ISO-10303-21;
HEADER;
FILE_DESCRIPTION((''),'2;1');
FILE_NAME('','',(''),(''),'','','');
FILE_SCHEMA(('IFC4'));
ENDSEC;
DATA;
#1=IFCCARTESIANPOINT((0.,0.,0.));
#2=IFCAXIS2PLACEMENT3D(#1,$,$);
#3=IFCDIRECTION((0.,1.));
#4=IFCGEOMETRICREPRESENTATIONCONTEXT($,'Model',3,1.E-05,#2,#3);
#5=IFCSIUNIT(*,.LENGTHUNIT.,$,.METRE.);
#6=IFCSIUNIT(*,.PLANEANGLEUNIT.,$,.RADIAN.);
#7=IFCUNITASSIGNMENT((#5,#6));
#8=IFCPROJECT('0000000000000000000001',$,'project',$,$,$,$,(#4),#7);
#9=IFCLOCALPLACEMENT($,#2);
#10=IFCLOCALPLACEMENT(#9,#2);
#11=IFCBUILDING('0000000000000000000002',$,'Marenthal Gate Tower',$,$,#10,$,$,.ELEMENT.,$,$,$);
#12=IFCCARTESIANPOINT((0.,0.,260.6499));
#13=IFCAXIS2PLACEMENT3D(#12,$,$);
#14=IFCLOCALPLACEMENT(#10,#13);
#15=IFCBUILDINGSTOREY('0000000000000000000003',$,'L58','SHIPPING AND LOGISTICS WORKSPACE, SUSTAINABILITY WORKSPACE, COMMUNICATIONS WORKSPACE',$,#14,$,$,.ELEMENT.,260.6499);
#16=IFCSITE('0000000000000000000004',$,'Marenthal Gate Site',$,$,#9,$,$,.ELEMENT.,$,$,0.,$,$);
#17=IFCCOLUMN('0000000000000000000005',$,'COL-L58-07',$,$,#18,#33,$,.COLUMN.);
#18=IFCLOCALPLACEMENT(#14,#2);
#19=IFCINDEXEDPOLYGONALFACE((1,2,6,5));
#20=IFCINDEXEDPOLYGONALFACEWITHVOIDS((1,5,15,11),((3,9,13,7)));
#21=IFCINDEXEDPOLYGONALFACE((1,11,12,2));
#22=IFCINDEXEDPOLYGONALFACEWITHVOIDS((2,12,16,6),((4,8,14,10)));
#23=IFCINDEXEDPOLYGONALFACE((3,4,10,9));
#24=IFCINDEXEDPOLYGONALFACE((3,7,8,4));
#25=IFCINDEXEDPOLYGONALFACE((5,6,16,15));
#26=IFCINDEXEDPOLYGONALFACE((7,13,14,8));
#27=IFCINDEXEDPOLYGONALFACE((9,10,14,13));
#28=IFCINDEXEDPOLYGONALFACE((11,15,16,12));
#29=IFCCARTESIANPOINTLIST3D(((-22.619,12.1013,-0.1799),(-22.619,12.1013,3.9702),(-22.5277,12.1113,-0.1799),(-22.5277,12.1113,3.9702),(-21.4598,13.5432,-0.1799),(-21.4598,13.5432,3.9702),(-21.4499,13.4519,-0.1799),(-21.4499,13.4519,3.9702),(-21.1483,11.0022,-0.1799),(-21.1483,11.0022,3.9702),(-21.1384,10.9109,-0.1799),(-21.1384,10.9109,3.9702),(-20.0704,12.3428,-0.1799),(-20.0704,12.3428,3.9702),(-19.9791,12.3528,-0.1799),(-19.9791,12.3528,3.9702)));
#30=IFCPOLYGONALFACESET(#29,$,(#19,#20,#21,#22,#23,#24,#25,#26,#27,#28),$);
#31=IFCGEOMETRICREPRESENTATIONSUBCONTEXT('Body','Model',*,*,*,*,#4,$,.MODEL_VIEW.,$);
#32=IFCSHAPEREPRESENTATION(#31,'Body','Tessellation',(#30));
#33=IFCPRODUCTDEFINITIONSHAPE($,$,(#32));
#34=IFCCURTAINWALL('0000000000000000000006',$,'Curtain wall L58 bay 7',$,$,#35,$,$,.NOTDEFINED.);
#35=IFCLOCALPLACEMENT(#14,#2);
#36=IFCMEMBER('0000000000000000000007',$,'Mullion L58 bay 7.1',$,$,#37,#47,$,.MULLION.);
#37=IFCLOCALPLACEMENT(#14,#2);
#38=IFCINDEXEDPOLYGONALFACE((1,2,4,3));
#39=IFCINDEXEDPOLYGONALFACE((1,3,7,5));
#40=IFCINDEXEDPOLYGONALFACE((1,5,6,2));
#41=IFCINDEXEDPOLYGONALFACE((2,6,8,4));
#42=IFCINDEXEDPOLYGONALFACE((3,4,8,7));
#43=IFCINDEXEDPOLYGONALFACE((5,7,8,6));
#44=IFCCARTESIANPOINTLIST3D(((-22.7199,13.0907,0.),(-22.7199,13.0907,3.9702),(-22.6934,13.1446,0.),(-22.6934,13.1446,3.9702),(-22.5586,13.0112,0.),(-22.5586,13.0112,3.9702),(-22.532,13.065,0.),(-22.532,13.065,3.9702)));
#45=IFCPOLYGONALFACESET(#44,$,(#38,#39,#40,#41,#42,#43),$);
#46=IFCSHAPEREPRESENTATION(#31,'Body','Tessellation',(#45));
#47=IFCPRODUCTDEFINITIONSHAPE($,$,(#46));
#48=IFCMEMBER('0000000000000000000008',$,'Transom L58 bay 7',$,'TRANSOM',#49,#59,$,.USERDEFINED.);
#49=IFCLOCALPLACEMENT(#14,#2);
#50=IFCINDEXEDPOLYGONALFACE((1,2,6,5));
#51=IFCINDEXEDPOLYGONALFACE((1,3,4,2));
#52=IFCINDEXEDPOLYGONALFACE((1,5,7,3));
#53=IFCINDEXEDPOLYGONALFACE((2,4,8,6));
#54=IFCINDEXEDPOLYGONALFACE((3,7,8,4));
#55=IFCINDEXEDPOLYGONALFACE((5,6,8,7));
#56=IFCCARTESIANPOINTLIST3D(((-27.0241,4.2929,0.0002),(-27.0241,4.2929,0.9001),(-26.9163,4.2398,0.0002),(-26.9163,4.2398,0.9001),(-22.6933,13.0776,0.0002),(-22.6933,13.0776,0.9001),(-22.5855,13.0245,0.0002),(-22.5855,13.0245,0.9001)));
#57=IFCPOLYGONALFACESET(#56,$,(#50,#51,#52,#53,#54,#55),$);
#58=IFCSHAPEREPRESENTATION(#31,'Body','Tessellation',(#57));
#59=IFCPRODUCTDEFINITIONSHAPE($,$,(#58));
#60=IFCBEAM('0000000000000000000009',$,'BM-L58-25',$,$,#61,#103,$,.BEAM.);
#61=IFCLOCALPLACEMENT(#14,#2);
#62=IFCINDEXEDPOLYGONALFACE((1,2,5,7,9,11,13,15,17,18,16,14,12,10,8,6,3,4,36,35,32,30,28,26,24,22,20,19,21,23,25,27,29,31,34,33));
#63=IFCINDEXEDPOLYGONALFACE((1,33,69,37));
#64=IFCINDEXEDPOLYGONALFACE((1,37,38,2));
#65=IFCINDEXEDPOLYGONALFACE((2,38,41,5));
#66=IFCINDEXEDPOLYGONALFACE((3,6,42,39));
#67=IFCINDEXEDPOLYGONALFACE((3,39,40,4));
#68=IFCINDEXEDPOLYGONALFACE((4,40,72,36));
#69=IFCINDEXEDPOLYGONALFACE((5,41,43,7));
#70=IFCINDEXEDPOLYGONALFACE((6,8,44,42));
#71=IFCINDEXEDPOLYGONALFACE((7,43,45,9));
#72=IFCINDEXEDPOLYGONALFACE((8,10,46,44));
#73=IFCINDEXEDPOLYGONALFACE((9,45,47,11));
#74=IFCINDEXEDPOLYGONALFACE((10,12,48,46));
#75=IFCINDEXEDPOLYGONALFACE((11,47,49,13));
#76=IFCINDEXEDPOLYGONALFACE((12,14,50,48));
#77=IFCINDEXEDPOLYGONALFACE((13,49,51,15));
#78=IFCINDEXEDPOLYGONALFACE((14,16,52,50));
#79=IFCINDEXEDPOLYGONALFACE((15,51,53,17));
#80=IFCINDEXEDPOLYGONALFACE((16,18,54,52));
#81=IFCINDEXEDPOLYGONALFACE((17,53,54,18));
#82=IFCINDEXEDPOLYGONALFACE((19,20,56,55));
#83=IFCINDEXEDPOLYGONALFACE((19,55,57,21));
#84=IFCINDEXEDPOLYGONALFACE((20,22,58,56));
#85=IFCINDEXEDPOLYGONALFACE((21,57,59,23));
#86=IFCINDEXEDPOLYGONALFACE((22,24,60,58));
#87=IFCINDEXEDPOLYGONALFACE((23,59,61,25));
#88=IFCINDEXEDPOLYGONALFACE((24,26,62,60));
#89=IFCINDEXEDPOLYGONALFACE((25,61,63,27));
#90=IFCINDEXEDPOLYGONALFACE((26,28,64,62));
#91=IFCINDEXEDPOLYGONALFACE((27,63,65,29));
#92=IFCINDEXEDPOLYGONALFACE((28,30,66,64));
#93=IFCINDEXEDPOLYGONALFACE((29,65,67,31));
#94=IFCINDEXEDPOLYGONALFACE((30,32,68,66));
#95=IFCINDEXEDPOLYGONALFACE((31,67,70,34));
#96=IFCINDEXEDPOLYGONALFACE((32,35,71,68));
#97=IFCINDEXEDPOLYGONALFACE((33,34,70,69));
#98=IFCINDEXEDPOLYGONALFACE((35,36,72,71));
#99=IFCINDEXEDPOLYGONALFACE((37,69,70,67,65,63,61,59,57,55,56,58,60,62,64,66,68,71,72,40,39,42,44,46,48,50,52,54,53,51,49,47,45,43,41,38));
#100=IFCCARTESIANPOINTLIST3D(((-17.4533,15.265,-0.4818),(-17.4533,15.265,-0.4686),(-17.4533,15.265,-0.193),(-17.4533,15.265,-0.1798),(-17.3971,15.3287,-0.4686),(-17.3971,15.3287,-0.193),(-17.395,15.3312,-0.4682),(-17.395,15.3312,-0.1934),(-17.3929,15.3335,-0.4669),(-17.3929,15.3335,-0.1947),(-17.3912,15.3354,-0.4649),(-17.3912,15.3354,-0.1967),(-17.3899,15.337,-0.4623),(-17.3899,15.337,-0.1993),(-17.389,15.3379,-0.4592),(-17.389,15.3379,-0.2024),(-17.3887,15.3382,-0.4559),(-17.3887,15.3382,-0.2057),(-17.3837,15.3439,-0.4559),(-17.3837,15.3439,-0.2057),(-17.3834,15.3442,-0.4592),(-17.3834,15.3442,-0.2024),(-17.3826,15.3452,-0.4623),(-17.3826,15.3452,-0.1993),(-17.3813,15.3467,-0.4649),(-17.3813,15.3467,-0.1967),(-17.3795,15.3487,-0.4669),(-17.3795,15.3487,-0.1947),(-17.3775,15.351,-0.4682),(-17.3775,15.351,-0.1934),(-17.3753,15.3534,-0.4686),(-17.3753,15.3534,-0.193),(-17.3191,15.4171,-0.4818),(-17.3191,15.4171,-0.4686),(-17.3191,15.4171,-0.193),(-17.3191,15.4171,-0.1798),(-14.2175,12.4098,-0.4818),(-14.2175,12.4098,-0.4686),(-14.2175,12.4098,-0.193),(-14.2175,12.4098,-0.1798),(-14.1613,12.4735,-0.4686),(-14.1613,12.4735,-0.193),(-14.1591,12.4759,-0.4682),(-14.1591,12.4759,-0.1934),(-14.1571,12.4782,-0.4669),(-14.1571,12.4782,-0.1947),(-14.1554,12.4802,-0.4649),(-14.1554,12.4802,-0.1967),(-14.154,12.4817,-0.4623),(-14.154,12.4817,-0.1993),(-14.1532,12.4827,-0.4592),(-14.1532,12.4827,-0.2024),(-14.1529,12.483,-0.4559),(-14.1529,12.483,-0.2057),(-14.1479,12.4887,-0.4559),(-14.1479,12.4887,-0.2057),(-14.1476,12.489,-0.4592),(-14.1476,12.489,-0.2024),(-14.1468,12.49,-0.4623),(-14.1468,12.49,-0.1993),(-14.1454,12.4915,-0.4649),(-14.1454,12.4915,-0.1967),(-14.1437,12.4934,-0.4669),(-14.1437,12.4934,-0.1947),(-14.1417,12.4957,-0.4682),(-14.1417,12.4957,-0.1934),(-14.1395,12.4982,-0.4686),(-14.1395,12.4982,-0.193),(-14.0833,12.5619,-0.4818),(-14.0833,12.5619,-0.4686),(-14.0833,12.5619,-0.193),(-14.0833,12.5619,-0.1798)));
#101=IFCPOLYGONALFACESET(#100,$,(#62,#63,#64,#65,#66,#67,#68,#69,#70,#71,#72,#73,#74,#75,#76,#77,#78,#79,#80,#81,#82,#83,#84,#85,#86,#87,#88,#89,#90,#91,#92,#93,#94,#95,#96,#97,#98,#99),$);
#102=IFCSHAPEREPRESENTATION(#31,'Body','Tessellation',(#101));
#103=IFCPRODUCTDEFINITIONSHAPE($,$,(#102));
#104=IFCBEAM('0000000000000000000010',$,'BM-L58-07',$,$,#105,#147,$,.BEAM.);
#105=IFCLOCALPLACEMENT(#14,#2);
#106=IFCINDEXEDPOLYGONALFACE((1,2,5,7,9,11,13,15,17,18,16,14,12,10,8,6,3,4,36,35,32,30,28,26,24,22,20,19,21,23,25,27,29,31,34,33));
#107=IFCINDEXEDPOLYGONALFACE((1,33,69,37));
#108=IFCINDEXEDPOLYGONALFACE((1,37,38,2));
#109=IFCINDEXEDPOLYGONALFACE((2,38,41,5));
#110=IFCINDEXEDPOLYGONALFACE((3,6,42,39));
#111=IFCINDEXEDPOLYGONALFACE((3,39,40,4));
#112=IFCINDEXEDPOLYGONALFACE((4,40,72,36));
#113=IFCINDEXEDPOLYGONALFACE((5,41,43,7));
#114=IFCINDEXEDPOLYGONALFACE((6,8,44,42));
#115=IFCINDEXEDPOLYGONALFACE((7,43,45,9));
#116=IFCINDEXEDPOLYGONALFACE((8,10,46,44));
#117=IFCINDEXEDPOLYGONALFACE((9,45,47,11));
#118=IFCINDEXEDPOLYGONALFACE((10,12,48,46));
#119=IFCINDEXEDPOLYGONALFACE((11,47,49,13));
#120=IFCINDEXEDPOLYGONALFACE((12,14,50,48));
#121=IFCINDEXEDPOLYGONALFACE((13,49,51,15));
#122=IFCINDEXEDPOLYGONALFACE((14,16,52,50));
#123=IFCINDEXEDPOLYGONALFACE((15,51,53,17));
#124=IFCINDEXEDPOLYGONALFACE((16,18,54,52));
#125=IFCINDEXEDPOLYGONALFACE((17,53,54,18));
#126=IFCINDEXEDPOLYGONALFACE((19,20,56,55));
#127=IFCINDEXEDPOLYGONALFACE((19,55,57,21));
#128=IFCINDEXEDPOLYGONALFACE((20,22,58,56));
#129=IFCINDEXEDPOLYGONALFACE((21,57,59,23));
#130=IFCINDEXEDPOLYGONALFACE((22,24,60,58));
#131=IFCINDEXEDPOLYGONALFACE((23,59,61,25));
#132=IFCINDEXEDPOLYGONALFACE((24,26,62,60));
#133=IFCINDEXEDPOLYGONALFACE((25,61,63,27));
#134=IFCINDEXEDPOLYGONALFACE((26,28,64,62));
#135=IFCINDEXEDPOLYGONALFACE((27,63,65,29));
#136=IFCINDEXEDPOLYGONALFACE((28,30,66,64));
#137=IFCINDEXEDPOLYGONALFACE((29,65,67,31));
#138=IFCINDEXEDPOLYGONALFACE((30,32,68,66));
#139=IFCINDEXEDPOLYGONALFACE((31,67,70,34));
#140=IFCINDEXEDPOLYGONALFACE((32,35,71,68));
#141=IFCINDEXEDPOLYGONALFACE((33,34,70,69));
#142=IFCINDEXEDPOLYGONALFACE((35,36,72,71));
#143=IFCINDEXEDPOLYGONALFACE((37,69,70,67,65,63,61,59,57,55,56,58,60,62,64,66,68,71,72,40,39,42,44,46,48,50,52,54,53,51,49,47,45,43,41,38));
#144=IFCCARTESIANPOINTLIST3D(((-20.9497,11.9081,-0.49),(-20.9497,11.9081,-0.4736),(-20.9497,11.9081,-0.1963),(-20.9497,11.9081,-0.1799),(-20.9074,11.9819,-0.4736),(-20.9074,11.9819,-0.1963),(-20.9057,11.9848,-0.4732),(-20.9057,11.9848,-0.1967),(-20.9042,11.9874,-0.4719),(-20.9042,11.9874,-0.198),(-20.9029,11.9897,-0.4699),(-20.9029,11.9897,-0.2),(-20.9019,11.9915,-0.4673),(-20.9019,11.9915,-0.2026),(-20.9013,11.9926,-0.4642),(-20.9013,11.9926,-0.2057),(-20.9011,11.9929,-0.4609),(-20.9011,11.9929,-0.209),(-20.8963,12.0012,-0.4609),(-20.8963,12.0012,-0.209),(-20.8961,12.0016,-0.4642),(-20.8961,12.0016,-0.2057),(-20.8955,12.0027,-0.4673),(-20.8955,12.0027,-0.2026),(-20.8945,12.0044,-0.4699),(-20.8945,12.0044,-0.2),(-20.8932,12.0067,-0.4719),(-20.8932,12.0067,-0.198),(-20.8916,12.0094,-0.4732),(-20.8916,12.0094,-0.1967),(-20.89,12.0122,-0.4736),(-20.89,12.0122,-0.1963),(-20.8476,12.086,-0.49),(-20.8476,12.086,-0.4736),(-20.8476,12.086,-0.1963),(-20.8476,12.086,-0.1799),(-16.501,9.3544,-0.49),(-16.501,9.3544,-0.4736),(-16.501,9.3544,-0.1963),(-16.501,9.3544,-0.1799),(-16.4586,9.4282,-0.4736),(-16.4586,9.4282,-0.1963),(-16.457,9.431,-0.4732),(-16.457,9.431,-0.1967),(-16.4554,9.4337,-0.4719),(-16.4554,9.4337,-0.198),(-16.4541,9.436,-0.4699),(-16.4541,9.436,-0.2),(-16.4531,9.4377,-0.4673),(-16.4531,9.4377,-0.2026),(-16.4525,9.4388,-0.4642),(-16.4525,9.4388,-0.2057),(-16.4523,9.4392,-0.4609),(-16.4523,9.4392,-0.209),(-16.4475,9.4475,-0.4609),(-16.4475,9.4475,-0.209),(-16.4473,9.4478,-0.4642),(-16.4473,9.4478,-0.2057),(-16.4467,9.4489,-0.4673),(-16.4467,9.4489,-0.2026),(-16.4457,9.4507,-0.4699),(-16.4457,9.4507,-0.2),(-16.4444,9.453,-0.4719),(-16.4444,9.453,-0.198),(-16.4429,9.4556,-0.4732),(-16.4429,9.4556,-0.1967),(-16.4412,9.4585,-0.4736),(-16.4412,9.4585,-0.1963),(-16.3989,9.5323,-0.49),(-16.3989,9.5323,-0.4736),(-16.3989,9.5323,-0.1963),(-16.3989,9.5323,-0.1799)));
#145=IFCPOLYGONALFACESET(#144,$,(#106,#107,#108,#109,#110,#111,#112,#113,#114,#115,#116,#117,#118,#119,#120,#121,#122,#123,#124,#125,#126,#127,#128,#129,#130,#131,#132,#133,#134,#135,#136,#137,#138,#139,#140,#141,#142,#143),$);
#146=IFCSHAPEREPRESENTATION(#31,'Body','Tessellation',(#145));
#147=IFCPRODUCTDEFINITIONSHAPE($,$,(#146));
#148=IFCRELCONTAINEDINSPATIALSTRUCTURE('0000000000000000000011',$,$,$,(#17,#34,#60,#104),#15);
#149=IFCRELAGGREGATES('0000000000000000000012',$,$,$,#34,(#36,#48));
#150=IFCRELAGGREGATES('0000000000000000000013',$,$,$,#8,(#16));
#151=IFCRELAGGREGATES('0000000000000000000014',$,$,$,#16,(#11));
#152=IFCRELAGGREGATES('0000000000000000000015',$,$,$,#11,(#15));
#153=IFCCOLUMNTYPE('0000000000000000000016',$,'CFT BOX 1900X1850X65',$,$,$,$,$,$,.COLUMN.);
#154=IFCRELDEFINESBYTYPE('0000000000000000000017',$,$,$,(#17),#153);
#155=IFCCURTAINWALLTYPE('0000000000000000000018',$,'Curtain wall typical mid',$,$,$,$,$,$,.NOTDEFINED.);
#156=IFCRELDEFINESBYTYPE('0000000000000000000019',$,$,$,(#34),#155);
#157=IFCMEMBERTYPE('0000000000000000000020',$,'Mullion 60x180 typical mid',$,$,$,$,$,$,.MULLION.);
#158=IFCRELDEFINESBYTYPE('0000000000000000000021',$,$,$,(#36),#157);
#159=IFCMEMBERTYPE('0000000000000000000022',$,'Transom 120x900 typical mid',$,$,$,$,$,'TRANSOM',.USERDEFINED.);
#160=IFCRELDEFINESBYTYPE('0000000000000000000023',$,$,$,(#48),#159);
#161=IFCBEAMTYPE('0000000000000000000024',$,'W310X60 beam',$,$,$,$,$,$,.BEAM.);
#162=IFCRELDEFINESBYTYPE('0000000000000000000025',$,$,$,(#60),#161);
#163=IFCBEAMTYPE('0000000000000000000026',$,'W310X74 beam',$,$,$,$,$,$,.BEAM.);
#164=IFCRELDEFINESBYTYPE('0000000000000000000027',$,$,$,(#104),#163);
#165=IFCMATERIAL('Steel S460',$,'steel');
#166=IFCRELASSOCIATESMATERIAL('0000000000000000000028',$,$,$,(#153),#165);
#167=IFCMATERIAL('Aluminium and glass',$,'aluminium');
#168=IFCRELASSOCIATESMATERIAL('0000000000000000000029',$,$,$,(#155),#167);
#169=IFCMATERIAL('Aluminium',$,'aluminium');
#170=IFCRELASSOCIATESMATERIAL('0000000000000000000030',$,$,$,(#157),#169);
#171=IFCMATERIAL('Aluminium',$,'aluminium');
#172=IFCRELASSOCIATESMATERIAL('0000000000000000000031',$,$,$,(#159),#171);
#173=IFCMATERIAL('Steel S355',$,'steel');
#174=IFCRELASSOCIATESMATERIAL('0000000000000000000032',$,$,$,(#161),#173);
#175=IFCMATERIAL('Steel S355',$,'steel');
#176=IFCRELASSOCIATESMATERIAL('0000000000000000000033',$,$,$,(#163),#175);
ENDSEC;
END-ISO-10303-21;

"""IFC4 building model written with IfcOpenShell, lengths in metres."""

from ifc_helpers import new_model, si_unit, direction, frame, origin, origin_2d, place, context, subcontext, project, spatial, rectangle, hollow_rectangle, i_section, extrude, material, material_profile, profile_set, type_object, element, aggregate, save


model = new_model("IFC4")

# Units and contexts
model_context = context("Model", 3, precision=1e-05, world=origin(), true_north=direction((0.0, 1.0)))
body_context = subcontext(model_context, "Body", "Model", "MODEL_VIEW")
ifc_project = project(units=[si_unit("LENGTHUNIT", "METRE"), si_unit("PLANEANGLEUNIT", "RADIAN")], contexts=[model_context])

# Site, building, storey
site_placement = place(None, origin())
site = spatial("IfcSite", under=ifc_project, at=site_placement, Name="Marenthal Gate Site", CompositionType="ELEMENT", RefElevation=0.0)
building_placement = place(site_placement, origin())
building = spatial("IfcBuilding", under=site, at=building_placement, Name="Marenthal Gate Tower", CompositionType="ELEMENT")
storey_placement = place(building_placement, frame((0.0, 0.0, 260.6499)))
storey = spatial("IfcBuildingStorey", under=building, at=storey_placement, Name="L58", Description="SHIPPING AND LOGISTICS WORKSPACE, SUSTAINABILITY WORKSPACE, COMMUNICATIONS WORKSPACE", CompositionType="ELEMENT", Elevation=260.6499)

# Column
ifc_material_1 = material(Name="Steel S460", Category="steel")
ifc_material_profile_1 = material_profile(ifc_material_1, hollow_rectangle(XDim=1.8501, YDim=1.8999, WallThickness=0.0649, at=origin_2d()), Name="CFT BOX 1900X1850X65")
ifc_material_2 = material(Name="Concrete 70 MPa", Category="concrete")
ifc_material_profile_2 = material_profile(ifc_material_2, rectangle(XDim=1.72, YDim=1.77, at=origin_2d()), Name="CFT BOX 1900X1850X65 INFILL")
ifc_profile_set_1 = profile_set([ifc_material_profile_1, ifc_material_profile_2], Name="Steel S460 shell, Concrete 70 MPa infill")
column_type = type_object("IfcColumnType", Name="CFT BOX 1900X1850X65", PredefinedType="COLUMN", material=ifc_profile_set_1)
column_placement = place(storey_placement, frame((-21.2991, 12.2271, -0.1799), z_axis=(0.0, 0.0, 1.0), x_axis=(0.626593, 0.779347, 0.0)))
element("IfcColumn", 1, at=column_placement, inside=storey, type_object=column_type, Name="COL-L58-07", PredefinedType="COLUMN", context=body_context, shape_type="SweptSolid", body=[
    extrude(hollow_rectangle(XDim=1.8501, YDim=1.8999, WallThickness=0.0649, at=origin_2d()), origin(), (0.0, 0.0, 1.0), 4.1501),
])

# Curtain wall, members
ifc_material_3 = material(Name="Aluminium and glass", Category="aluminium")
curtain_wall_type = type_object("IfcCurtainWallType", Name="Curtain wall typical mid", PredefinedType="NOTDEFINED", material=ifc_material_3)
curtain_wall_placement = place(storey_placement, origin())
curtain_wall = element("IfcCurtainWall", 2, at=curtain_wall_placement, inside=storey, type_object=curtain_wall_type, Name="Curtain wall L58 bay 7", PredefinedType="NOTDEFINED")
ifc_material_4 = material(Name="Aluminium", Category="aluminium")
ifc_material_profile_3 = material_profile(ifc_material_4, rectangle(XDim=0.1799, YDim=0.0601, at=origin_2d()), Name="60x180 aluminium mullion")
ifc_profile_set_2 = profile_set([ifc_material_profile_3], Name="Aluminium")
member_type_1 = type_object("IfcMemberType", Name="Mullion 60x180 typical mid", PredefinedType="MULLION", material=ifc_profile_set_2)
member_1_placement = place(storey_placement, frame((-22.626, 13.0779, 0.0), z_axis=(0.0, 0.0, 1.0), x_axis=(0.896921, -0.442192, 0.0)))
member_1 = element("IfcMember", 3, at=member_1_placement, type_object=member_type_1, Name="Mullion L58 bay 7.1", PredefinedType="MULLION", context=body_context, shape_type="SweptSolid", body=[
    extrude(rectangle(XDim=0.1799, YDim=0.0601, at=origin_2d()), origin(), (0.0, 0.0, 1.0), 3.9702),
])
ifc_material_5 = material(Name="Aluminium", Category="aluminium")
ifc_material_profile_4 = material_profile(ifc_material_5, rectangle(XDim=0.1201, YDim=0.8999, at=origin_2d()), Name="120x900 aluminium transom")
ifc_profile_set_3 = profile_set([ifc_material_profile_4], Name="Aluminium")
member_type_2 = type_object("IfcMemberType", Name="Transom 120x900 typical mid", ElementType="TRANSOM", PredefinedType="USERDEFINED", material=ifc_profile_set_3)
member_2_placement = place(storey_placement, frame((-22.6394, 13.051, 0.4502), z_axis=(-0.442181, -0.896926, 0.0), x_axis=(0.896926, -0.442181, 0.0)))
member_2 = element("IfcMember", 4, at=member_2_placement, type_object=member_type_2, Name="Transom L58 bay 7", ObjectType="TRANSOM", PredefinedType="USERDEFINED", context=body_context, shape_type="SweptSolid", body=[
    extrude(rectangle(XDim=0.1201, YDim=0.8999, at=origin_2d()), origin(), (0.0, 0.0, 1.0), 9.7942),
])

# Beams
ifc_material_6 = material(Name="Steel S355", Category="steel")
ifc_material_profile_5 = material_profile(ifc_material_6, i_section(OverallWidth=0.2029, OverallDepth=0.302, WebThickness=0.0076, FlangeThickness=0.0132, FilletRadius=0.0127, at=origin_2d()), Name="W310X60")
ifc_profile_set_4 = profile_set([ifc_material_profile_5], Name="Steel S355")
beam_type_1 = type_object("IfcBeamType", Name="W310X60 beam", PredefinedType="BEAM", material=ifc_profile_set_4)
beam_1_placement = place(storey_placement, frame((-17.3862, 15.3411, -0.3308), z_axis=(0.74983, -0.661631, 0.0), x_axis=(0.661631, 0.74983, 0.0)))
element("IfcBeam", 5, at=beam_1_placement, inside=storey, type_object=beam_type_1, Name="BM-L58-25", PredefinedType="BEAM", context=body_context, shape_type="SweptSolid", body=[
    extrude(i_section(OverallWidth=0.2029, OverallDepth=0.302, WebThickness=0.0076, FlangeThickness=0.0132, FilletRadius=0.0127, at=origin_2d()), origin(), (0.0, 0.0, 1.0), 4.3154),
])
ifc_material_7 = material(Name="Steel S355", Category="steel")
ifc_material_profile_6 = material_profile(ifc_material_7, i_section(OverallWidth=0.2051, OverallDepth=0.3101, WebThickness=0.0095, FlangeThickness=0.0164, FilletRadius=0.0127, at=origin_2d()), Name="W310X74")
ifc_profile_set_5 = profile_set([ifc_material_profile_6], Name="Steel S355")
beam_type_2 = type_object("IfcBeamType", Name="W310X74 beam", PredefinedType="BEAM", material=ifc_profile_set_5)
beam_2_placement = place(storey_placement, frame((-20.8987, 11.9971, -0.335), z_axis=(0.867269, -0.49784, 0.0), x_axis=(0.49784, 0.867269, 0.0)))
element("IfcBeam", 6, at=beam_2_placement, inside=storey, type_object=beam_type_2, Name="BM-L58-07", PredefinedType="BEAM", context=body_context, shape_type="SweptSolid", body=[
    extrude(i_section(OverallWidth=0.2051, OverallDepth=0.3101, WebThickness=0.0095, FlangeThickness=0.0164, FilletRadius=0.0127, at=origin_2d()), origin(), (0.0, 0.0, 1.0), 5.1296),
])

aggregate(curtain_wall, [member_1, member_2])

save(model, "model.ifc")
